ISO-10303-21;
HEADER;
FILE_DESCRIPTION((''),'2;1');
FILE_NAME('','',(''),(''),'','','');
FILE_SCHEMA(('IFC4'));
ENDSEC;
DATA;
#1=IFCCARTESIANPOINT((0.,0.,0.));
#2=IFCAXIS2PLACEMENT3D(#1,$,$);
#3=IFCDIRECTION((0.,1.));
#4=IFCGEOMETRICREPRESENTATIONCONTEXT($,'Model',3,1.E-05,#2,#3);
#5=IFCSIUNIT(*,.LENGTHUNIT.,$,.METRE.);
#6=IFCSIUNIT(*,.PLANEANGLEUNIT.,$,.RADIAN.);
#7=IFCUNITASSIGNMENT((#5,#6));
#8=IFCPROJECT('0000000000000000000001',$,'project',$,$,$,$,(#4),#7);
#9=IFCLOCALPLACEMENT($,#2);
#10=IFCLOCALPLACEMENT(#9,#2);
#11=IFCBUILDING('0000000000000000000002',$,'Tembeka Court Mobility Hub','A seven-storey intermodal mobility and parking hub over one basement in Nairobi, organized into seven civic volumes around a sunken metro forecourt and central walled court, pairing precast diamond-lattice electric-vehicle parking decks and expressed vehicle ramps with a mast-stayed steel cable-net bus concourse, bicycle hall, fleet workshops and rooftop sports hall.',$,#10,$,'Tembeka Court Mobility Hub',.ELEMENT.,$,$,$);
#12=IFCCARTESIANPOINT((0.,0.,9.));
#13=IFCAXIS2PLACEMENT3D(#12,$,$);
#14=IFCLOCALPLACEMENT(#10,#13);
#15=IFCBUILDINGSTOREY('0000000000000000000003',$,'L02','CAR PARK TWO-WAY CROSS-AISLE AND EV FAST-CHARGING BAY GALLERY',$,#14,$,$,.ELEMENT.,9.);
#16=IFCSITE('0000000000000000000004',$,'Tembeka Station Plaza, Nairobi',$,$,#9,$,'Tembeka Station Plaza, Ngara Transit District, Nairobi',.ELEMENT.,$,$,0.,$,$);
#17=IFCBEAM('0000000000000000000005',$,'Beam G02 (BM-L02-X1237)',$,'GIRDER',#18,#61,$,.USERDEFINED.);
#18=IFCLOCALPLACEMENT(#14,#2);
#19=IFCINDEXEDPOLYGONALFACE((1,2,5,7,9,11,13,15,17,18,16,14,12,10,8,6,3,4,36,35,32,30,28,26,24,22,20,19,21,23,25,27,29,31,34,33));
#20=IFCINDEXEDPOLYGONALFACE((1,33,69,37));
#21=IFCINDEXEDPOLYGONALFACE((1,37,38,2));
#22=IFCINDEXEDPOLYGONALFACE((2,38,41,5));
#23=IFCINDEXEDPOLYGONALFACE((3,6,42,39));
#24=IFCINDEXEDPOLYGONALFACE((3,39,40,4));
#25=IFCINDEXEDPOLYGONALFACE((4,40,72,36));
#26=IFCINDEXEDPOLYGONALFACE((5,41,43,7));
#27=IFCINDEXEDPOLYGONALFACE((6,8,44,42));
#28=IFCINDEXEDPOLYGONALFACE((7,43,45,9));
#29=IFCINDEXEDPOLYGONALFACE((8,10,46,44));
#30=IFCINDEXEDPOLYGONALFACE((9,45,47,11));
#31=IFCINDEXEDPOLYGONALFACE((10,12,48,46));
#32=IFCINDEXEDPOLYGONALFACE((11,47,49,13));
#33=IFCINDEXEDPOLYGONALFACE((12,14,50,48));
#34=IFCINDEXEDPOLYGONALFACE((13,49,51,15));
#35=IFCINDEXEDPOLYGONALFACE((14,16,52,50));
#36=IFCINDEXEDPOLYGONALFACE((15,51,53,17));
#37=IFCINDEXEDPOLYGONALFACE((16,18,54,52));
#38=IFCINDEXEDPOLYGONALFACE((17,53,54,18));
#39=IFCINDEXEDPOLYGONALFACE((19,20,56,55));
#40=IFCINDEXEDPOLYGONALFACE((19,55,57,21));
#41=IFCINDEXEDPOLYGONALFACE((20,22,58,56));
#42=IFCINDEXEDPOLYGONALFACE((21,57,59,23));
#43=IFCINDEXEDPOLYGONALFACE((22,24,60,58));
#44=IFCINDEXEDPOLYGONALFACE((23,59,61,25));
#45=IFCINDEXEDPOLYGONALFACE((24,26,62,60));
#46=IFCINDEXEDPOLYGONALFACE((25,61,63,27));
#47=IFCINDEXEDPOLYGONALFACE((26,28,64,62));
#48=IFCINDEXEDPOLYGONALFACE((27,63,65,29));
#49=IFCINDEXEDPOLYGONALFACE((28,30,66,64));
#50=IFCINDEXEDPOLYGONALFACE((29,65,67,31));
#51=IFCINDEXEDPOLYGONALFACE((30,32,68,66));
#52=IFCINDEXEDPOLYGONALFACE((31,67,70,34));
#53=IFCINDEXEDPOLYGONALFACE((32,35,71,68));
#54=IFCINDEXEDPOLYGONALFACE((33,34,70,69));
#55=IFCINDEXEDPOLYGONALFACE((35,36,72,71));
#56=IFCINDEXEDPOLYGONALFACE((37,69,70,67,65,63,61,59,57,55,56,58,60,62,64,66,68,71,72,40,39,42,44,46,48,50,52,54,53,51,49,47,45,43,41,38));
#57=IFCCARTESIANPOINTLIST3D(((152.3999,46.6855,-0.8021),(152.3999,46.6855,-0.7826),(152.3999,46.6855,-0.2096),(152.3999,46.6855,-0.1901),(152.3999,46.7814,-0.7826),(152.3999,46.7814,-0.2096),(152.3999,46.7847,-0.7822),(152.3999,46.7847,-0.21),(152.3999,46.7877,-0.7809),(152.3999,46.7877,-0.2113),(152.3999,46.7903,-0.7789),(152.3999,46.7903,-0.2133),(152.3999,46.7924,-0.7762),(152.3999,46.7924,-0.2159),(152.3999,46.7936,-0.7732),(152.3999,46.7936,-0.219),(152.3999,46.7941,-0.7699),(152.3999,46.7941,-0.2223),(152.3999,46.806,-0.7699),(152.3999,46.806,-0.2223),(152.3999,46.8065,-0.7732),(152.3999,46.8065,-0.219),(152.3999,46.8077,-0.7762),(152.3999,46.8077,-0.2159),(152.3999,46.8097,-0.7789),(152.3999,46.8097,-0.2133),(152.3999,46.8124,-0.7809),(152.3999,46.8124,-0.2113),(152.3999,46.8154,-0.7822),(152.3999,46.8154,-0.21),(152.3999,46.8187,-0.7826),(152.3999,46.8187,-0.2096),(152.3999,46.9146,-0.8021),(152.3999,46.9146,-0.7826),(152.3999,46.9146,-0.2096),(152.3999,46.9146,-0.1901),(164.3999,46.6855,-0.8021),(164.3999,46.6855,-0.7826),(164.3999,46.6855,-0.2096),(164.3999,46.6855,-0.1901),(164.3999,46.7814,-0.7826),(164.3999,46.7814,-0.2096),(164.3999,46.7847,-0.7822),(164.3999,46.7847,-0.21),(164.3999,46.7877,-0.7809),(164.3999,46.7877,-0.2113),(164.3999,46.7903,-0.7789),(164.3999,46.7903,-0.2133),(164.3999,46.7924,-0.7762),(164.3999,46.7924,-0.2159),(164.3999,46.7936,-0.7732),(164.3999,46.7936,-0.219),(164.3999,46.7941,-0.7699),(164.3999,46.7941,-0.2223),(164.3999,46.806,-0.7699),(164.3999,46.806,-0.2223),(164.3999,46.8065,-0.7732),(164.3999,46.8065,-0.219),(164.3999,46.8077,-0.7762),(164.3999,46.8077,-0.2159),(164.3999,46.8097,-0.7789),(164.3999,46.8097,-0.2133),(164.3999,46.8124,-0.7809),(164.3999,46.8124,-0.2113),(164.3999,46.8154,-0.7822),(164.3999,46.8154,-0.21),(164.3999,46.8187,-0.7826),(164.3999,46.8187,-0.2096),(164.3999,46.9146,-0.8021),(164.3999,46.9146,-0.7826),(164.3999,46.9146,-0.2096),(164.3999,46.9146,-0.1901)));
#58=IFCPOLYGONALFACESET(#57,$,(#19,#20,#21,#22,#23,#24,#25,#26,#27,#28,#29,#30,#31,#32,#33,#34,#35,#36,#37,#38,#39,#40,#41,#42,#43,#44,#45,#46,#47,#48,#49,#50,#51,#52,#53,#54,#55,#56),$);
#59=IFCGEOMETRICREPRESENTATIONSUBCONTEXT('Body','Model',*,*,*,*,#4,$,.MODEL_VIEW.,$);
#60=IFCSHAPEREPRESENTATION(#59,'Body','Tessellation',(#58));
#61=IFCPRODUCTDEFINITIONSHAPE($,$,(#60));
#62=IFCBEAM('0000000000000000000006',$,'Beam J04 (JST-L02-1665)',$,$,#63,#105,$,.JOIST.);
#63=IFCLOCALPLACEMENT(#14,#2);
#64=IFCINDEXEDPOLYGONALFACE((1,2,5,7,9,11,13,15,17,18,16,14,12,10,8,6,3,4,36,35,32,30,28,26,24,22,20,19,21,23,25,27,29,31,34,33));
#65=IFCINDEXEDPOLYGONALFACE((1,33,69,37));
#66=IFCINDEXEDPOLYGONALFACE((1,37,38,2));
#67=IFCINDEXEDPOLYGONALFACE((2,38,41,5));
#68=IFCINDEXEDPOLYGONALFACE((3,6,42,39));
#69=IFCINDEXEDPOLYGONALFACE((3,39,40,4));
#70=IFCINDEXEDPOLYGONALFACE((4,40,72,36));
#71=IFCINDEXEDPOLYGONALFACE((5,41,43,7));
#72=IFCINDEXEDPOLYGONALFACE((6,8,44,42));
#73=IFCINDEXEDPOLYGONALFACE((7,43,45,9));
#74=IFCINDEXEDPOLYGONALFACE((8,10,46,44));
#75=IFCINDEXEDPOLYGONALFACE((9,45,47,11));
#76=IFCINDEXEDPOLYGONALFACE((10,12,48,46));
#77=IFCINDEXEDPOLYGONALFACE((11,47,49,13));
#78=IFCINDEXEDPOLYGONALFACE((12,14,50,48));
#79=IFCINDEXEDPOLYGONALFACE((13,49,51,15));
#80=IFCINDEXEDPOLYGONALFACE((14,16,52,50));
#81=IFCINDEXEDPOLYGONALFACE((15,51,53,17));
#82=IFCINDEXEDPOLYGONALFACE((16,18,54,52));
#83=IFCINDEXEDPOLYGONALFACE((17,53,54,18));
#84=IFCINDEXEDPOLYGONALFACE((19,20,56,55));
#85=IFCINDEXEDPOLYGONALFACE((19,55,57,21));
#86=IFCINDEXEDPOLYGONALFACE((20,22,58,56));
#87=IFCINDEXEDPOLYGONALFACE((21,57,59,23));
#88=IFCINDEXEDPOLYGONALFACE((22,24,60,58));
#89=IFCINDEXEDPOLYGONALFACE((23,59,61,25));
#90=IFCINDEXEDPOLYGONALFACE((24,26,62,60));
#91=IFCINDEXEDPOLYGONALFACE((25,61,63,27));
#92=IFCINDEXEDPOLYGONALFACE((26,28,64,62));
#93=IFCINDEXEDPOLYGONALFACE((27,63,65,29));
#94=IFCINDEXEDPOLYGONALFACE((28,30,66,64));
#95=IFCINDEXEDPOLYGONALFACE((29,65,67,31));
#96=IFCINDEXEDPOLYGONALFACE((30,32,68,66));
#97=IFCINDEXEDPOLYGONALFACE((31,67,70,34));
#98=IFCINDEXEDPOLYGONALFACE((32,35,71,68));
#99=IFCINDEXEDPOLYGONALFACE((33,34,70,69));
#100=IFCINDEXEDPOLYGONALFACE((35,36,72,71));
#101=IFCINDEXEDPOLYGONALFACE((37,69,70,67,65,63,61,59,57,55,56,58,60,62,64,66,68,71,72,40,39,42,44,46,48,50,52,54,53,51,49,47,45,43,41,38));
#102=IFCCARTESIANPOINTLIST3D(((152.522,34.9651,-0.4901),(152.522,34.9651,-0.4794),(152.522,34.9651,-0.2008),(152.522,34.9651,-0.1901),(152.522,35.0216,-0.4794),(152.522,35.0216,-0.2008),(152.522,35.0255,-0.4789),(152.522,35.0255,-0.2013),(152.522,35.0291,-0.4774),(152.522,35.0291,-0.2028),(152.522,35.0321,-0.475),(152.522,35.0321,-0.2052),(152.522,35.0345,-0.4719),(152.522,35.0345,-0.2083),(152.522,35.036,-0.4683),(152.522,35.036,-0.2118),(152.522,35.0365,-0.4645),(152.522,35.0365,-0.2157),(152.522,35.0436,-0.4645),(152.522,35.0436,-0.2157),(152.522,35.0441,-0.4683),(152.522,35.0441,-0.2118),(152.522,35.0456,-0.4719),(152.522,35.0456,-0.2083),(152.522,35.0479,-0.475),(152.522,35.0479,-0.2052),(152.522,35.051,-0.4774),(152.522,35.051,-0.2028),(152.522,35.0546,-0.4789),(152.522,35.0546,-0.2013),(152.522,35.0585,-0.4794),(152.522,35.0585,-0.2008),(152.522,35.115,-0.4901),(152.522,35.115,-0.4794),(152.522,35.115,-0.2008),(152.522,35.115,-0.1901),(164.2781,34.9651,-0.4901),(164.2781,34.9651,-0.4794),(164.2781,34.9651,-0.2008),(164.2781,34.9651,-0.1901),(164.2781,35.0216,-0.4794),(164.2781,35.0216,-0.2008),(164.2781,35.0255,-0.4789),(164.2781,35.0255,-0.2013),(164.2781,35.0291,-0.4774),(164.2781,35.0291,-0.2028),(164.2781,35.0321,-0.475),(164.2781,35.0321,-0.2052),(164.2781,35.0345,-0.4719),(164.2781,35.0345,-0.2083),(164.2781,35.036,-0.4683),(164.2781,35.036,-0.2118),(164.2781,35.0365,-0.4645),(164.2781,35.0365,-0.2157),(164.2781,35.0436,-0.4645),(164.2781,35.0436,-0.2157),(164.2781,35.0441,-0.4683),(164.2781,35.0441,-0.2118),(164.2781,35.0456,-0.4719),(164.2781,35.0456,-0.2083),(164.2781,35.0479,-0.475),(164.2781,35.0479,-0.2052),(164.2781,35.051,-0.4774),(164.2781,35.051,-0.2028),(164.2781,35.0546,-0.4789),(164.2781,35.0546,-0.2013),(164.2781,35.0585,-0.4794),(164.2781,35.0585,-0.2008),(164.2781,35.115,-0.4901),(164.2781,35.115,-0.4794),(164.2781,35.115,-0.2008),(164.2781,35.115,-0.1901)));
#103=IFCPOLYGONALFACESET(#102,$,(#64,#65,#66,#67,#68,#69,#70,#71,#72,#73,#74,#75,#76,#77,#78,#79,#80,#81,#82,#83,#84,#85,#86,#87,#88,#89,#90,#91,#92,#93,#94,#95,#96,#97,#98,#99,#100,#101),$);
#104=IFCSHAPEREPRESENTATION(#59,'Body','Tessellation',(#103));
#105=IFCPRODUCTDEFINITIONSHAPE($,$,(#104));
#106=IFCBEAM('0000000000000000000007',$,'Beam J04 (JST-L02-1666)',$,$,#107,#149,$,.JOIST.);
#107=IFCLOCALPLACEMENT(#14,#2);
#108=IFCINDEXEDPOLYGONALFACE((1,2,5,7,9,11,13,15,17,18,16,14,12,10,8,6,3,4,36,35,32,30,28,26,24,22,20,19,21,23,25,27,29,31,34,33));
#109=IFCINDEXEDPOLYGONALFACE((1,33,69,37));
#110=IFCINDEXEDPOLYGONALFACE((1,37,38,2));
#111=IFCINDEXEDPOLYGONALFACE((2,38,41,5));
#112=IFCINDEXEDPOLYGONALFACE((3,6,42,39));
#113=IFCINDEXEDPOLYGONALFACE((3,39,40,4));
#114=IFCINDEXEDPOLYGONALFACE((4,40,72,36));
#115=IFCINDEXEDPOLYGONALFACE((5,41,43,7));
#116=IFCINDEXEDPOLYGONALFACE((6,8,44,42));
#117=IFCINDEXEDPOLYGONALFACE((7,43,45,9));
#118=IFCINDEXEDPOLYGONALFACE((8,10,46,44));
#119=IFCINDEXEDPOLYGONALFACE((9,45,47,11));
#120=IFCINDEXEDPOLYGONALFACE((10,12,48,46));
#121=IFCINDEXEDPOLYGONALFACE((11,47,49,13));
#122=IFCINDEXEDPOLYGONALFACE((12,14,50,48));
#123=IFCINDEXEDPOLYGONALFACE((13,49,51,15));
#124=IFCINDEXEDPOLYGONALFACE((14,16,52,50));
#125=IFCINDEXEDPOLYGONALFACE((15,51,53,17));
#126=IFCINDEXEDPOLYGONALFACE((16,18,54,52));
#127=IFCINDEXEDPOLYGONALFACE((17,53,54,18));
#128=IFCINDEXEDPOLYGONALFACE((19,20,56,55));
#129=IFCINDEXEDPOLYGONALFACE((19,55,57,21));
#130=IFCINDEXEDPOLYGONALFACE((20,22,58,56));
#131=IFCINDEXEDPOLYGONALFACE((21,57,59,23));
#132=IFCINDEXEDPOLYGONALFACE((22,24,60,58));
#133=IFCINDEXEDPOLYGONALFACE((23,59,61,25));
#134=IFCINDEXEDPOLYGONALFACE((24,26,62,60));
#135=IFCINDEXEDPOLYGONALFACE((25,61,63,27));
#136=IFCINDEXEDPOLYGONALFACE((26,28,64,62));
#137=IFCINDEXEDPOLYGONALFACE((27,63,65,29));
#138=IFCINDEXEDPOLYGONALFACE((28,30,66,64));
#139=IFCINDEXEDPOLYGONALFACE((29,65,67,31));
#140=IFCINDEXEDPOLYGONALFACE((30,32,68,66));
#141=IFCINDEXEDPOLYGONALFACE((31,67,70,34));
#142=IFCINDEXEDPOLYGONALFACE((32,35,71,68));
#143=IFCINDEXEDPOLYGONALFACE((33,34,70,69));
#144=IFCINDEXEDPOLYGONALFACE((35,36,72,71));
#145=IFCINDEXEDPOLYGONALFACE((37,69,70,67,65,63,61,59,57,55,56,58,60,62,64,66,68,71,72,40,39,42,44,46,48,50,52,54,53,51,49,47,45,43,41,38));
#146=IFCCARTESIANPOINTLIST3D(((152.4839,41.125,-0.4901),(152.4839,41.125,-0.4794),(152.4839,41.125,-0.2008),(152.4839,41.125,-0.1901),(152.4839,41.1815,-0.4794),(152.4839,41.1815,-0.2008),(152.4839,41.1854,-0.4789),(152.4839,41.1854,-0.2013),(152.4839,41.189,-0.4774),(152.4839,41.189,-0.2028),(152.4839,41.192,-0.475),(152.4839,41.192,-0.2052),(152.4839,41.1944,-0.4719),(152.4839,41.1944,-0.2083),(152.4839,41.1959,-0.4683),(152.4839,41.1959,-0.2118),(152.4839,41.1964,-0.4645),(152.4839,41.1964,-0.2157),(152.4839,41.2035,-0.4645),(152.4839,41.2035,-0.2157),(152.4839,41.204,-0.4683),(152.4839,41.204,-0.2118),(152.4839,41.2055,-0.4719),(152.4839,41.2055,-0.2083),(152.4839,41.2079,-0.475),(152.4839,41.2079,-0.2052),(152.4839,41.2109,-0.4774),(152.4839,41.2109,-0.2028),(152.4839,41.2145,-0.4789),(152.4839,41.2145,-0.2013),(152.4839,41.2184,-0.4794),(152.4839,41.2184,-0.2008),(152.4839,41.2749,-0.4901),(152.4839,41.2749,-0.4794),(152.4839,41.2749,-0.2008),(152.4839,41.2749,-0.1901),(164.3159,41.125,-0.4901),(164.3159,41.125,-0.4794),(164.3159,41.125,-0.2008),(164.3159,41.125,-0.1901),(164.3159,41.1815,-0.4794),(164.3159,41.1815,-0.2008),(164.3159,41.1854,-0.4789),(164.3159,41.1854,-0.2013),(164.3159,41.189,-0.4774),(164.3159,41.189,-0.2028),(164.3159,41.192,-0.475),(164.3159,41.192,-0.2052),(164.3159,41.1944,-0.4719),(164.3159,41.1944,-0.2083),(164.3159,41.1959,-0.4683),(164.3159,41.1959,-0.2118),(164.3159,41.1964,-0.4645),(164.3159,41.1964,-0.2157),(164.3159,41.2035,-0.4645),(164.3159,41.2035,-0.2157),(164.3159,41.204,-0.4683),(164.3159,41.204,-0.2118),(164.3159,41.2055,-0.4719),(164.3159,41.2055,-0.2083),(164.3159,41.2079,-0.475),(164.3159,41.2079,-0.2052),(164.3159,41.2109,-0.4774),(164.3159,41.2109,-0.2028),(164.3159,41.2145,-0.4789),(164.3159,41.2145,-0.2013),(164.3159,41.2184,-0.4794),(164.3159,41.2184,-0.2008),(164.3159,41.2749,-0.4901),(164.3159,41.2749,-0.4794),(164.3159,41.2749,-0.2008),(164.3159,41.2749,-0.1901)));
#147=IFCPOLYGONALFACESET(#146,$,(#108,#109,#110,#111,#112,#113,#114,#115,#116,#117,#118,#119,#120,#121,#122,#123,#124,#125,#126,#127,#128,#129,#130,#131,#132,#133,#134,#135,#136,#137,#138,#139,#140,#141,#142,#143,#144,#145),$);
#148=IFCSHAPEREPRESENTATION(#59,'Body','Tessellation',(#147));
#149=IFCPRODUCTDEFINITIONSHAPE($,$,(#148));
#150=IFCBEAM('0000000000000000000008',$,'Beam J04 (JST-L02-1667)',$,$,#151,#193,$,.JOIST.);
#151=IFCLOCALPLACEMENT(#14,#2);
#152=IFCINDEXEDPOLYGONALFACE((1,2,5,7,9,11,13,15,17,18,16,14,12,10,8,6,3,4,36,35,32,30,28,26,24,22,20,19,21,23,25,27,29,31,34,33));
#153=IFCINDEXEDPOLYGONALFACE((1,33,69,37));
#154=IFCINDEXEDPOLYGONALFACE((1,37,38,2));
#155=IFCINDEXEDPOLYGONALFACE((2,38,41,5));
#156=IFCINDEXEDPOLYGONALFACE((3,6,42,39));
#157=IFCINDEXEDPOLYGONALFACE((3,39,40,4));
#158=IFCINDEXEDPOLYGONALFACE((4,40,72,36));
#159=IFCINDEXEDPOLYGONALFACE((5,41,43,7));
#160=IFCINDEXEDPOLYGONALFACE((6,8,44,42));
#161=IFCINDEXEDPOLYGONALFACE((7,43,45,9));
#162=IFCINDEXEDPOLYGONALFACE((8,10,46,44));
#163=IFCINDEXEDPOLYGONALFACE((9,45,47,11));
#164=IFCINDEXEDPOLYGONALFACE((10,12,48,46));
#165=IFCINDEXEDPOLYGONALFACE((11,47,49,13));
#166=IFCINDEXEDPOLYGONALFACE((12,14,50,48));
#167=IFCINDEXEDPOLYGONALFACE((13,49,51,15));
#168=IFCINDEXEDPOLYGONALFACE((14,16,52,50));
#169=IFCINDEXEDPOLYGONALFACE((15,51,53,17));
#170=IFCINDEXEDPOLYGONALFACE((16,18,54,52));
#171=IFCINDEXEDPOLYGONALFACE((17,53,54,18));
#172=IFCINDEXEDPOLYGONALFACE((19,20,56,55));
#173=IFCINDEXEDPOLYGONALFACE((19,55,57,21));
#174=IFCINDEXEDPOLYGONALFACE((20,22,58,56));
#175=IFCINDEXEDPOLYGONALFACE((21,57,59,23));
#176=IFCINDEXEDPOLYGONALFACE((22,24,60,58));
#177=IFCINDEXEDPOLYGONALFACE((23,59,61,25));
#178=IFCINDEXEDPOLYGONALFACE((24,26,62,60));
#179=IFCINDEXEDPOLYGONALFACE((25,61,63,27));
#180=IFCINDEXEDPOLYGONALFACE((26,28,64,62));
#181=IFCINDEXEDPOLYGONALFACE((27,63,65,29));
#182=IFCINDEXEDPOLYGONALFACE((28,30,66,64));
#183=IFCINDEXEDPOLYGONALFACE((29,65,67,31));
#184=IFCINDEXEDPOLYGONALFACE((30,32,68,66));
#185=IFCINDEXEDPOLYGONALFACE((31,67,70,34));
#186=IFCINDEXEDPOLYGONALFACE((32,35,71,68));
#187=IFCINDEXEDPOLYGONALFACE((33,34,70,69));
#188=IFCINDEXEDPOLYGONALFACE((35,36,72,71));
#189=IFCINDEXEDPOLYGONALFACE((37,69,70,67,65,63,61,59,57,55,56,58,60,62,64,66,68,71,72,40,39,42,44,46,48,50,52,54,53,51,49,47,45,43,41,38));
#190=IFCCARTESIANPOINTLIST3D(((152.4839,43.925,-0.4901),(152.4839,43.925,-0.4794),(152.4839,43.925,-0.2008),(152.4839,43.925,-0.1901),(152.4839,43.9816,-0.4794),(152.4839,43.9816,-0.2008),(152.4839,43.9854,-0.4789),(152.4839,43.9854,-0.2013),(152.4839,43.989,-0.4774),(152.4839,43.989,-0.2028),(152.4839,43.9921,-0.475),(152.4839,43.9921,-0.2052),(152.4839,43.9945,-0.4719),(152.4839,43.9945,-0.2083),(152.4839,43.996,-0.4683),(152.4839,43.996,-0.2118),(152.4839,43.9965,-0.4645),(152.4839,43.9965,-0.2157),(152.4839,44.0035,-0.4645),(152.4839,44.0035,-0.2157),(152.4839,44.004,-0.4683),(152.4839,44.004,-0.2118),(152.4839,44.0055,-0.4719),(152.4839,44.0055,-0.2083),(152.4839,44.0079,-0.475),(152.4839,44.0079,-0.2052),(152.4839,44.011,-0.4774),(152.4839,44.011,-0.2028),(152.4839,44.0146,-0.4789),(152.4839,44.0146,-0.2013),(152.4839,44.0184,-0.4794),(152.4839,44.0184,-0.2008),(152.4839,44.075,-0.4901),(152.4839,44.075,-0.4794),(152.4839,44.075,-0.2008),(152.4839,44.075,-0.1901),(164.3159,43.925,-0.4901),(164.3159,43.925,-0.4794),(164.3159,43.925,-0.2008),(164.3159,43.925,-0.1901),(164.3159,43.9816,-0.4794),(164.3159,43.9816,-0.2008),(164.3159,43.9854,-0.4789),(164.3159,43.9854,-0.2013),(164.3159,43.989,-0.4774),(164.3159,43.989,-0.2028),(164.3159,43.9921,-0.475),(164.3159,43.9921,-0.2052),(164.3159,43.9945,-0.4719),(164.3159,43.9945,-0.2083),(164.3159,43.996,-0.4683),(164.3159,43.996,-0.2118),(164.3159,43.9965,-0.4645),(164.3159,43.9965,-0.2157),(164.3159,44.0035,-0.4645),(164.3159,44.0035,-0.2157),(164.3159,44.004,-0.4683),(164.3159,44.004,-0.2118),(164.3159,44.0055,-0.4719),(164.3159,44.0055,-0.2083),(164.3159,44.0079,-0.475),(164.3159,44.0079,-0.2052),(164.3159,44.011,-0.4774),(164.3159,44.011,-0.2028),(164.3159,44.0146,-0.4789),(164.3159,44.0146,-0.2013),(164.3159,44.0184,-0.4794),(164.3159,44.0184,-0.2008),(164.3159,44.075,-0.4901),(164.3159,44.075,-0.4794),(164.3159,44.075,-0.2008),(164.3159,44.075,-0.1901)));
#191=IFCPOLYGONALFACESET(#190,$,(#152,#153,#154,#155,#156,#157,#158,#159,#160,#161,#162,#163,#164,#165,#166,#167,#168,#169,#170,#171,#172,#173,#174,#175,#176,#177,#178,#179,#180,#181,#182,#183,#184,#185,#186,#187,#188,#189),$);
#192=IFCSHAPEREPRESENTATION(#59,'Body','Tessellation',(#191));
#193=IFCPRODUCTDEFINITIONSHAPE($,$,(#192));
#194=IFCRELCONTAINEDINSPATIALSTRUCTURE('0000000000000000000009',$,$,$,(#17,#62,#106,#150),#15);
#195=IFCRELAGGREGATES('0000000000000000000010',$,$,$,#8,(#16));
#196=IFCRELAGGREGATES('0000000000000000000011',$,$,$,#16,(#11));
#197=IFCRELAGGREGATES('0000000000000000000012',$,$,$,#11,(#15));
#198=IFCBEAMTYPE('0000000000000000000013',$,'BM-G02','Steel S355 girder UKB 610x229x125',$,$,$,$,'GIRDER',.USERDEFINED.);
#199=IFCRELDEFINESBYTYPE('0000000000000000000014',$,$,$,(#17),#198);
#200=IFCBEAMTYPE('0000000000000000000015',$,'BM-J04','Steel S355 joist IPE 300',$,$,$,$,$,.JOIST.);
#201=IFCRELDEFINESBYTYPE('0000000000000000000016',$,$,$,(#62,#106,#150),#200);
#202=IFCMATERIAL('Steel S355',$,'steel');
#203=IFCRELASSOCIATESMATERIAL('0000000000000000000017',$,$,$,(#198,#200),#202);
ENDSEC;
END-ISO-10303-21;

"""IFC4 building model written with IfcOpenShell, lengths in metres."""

from ifc_helpers import new_model, si_unit, direction, frame, origin, origin_2d, place, context, subcontext, project, spatial, i_section, extrude, material, material_profile, profile_set, type_object, element, save


model = new_model("IFC4")

# Units and contexts
model_context = context("Model", 3, precision=1e-05, world=origin(), true_north=direction((0.0, 1.0)))
body_context = subcontext(model_context, "Body", "Model", "MODEL_VIEW")
ifc_project = project(units=[si_unit("LENGTHUNIT", "METRE"), si_unit("PLANEANGLEUNIT", "RADIAN")], contexts=[model_context])

# Site, building, storey
site_placement = place(None, origin())
site = spatial("IfcSite", under=ifc_project, at=site_placement, Name="Tembeka Station Plaza, Nairobi", LongName="Tembeka Station Plaza, Ngara Transit District, Nairobi", CompositionType="ELEMENT", RefElevation=0.0)
building_placement = place(site_placement, origin())
building = spatial("IfcBuilding", under=site, at=building_placement, Name="Tembeka Court Mobility Hub", Description="A seven-storey intermodal mobility and parking hub over one basement in Nairobi, organized into seven civic volumes around a sunken metro forecourt and central walled court, pairing precast diamond-lattice electric-vehicle parking decks and expressed vehicle ramps with a mast-stayed steel cable-net bus concourse, bicycle hall, fleet workshops and rooftop sports hall.", LongName="Tembeka Court Mobility Hub", CompositionType="ELEMENT")
storey_placement = place(building_placement, frame((0.0, 0.0, 9.0)))
storey = spatial("IfcBuildingStorey", under=building, at=storey_placement, Name="L02", Description="CAR PARK TWO-WAY CROSS-AISLE AND EV FAST-CHARGING BAY GALLERY", CompositionType="ELEMENT", Elevation=9.0)

# Shared definitions
ifc_material_1 = material(Name="Steel S355", Category="steel")

# Beams
ifc_material_profile_1 = material_profile(ifc_material_1, i_section(OverallWidth=0.229, OverallDepth=0.6121, WebThickness=0.012, FlangeThickness=0.0195, FilletRadius=0.0127, at=origin_2d()), Name="UKB 610x229x125")
ifc_profile_set_1 = profile_set([ifc_material_profile_1], Name="Steel S355")
beam_type_1 = type_object("IfcBeamType", Name="BM-G02", Description="Steel S355 girder UKB 610x229x125", ElementType="GIRDER", PredefinedType="USERDEFINED", material=ifc_profile_set_1)
for number, where, z_axis, x_axis, name in (
    (1, (152.3999, 46.8, -0.4961), (1.0, 0.0, 0.0), (0.0, 1.0, 0.0), "Beam G02 (BM-L02-X1237)"),
):
    element("IfcBeam", number, at=place(storey_placement, frame(where, z_axis=z_axis, x_axis=x_axis)), inside=storey, type_object=beam_type_1, Name=name, ObjectType="GIRDER", PredefinedType="USERDEFINED", context=body_context, shape_type="SweptSolid", body=[
        extrude(i_section(OverallWidth=0.229, OverallDepth=0.6121, WebThickness=0.012, FlangeThickness=0.0195, FilletRadius=0.0127, at=origin_2d()), origin(), (0.0, 0.0, 1.0), 12.0),
    ])
ifc_material_profile_2 = material_profile(ifc_material_1, i_section(OverallWidth=0.1499, OverallDepth=0.3, WebThickness=0.0071, FlangeThickness=0.0107, FilletRadius=0.0149, at=origin_2d()), Name="IPE 300")
ifc_profile_set_2 = profile_set([ifc_material_profile_2], Name="Steel S355")
beam_type_2 = type_object("IfcBeamType", Name="BM-J04", Description="Steel S355 joist IPE 300", PredefinedType="JOIST", material=ifc_profile_set_2)
beam_1_placement = place(storey_placement, frame((152.522, 35.04, -0.3401), z_axis=(1.0, 0.0, 0.0), x_axis=(0.0, 1.0, 0.0)))
element("IfcBeam", 2, at=beam_1_placement, inside=storey, type_object=beam_type_2, Name="Beam J04 (JST-L02-1665)", PredefinedType="JOIST", context=body_context, shape_type="SweptSolid", body=[
    extrude(i_section(OverallWidth=0.1499, OverallDepth=0.3, WebThickness=0.0071, FlangeThickness=0.0107, FilletRadius=0.0149, at=origin_2d()), origin(), (0.0, 0.0, 1.0), 11.7561),
])
for number, where, z_axis, x_axis, name in (
    (3, (152.4839, 41.2, -0.3401), (1.0, 0.0, 0.0), (0.0, 1.0, 0.0), "Beam J04 (JST-L02-1666)"),
    (4, (152.4839, 44.0, -0.3401), (1.0, 0.0, 0.0), (0.0, 1.0, 0.0), "Beam J04 (JST-L02-1667)"),
):
    element("IfcBeam", number, at=place(storey_placement, frame(where, z_axis=z_axis, x_axis=x_axis)), inside=storey, type_object=beam_type_2, Name=name, PredefinedType="JOIST", context=body_context, shape_type="SweptSolid", body=[
        extrude(i_section(OverallWidth=0.1499, OverallDepth=0.3, WebThickness=0.0071, FlangeThickness=0.0107, FilletRadius=0.0149, at=origin_2d()), origin(), (0.0, 0.0, 1.0), 11.832),
    ])

save(model, "model.ifc")
